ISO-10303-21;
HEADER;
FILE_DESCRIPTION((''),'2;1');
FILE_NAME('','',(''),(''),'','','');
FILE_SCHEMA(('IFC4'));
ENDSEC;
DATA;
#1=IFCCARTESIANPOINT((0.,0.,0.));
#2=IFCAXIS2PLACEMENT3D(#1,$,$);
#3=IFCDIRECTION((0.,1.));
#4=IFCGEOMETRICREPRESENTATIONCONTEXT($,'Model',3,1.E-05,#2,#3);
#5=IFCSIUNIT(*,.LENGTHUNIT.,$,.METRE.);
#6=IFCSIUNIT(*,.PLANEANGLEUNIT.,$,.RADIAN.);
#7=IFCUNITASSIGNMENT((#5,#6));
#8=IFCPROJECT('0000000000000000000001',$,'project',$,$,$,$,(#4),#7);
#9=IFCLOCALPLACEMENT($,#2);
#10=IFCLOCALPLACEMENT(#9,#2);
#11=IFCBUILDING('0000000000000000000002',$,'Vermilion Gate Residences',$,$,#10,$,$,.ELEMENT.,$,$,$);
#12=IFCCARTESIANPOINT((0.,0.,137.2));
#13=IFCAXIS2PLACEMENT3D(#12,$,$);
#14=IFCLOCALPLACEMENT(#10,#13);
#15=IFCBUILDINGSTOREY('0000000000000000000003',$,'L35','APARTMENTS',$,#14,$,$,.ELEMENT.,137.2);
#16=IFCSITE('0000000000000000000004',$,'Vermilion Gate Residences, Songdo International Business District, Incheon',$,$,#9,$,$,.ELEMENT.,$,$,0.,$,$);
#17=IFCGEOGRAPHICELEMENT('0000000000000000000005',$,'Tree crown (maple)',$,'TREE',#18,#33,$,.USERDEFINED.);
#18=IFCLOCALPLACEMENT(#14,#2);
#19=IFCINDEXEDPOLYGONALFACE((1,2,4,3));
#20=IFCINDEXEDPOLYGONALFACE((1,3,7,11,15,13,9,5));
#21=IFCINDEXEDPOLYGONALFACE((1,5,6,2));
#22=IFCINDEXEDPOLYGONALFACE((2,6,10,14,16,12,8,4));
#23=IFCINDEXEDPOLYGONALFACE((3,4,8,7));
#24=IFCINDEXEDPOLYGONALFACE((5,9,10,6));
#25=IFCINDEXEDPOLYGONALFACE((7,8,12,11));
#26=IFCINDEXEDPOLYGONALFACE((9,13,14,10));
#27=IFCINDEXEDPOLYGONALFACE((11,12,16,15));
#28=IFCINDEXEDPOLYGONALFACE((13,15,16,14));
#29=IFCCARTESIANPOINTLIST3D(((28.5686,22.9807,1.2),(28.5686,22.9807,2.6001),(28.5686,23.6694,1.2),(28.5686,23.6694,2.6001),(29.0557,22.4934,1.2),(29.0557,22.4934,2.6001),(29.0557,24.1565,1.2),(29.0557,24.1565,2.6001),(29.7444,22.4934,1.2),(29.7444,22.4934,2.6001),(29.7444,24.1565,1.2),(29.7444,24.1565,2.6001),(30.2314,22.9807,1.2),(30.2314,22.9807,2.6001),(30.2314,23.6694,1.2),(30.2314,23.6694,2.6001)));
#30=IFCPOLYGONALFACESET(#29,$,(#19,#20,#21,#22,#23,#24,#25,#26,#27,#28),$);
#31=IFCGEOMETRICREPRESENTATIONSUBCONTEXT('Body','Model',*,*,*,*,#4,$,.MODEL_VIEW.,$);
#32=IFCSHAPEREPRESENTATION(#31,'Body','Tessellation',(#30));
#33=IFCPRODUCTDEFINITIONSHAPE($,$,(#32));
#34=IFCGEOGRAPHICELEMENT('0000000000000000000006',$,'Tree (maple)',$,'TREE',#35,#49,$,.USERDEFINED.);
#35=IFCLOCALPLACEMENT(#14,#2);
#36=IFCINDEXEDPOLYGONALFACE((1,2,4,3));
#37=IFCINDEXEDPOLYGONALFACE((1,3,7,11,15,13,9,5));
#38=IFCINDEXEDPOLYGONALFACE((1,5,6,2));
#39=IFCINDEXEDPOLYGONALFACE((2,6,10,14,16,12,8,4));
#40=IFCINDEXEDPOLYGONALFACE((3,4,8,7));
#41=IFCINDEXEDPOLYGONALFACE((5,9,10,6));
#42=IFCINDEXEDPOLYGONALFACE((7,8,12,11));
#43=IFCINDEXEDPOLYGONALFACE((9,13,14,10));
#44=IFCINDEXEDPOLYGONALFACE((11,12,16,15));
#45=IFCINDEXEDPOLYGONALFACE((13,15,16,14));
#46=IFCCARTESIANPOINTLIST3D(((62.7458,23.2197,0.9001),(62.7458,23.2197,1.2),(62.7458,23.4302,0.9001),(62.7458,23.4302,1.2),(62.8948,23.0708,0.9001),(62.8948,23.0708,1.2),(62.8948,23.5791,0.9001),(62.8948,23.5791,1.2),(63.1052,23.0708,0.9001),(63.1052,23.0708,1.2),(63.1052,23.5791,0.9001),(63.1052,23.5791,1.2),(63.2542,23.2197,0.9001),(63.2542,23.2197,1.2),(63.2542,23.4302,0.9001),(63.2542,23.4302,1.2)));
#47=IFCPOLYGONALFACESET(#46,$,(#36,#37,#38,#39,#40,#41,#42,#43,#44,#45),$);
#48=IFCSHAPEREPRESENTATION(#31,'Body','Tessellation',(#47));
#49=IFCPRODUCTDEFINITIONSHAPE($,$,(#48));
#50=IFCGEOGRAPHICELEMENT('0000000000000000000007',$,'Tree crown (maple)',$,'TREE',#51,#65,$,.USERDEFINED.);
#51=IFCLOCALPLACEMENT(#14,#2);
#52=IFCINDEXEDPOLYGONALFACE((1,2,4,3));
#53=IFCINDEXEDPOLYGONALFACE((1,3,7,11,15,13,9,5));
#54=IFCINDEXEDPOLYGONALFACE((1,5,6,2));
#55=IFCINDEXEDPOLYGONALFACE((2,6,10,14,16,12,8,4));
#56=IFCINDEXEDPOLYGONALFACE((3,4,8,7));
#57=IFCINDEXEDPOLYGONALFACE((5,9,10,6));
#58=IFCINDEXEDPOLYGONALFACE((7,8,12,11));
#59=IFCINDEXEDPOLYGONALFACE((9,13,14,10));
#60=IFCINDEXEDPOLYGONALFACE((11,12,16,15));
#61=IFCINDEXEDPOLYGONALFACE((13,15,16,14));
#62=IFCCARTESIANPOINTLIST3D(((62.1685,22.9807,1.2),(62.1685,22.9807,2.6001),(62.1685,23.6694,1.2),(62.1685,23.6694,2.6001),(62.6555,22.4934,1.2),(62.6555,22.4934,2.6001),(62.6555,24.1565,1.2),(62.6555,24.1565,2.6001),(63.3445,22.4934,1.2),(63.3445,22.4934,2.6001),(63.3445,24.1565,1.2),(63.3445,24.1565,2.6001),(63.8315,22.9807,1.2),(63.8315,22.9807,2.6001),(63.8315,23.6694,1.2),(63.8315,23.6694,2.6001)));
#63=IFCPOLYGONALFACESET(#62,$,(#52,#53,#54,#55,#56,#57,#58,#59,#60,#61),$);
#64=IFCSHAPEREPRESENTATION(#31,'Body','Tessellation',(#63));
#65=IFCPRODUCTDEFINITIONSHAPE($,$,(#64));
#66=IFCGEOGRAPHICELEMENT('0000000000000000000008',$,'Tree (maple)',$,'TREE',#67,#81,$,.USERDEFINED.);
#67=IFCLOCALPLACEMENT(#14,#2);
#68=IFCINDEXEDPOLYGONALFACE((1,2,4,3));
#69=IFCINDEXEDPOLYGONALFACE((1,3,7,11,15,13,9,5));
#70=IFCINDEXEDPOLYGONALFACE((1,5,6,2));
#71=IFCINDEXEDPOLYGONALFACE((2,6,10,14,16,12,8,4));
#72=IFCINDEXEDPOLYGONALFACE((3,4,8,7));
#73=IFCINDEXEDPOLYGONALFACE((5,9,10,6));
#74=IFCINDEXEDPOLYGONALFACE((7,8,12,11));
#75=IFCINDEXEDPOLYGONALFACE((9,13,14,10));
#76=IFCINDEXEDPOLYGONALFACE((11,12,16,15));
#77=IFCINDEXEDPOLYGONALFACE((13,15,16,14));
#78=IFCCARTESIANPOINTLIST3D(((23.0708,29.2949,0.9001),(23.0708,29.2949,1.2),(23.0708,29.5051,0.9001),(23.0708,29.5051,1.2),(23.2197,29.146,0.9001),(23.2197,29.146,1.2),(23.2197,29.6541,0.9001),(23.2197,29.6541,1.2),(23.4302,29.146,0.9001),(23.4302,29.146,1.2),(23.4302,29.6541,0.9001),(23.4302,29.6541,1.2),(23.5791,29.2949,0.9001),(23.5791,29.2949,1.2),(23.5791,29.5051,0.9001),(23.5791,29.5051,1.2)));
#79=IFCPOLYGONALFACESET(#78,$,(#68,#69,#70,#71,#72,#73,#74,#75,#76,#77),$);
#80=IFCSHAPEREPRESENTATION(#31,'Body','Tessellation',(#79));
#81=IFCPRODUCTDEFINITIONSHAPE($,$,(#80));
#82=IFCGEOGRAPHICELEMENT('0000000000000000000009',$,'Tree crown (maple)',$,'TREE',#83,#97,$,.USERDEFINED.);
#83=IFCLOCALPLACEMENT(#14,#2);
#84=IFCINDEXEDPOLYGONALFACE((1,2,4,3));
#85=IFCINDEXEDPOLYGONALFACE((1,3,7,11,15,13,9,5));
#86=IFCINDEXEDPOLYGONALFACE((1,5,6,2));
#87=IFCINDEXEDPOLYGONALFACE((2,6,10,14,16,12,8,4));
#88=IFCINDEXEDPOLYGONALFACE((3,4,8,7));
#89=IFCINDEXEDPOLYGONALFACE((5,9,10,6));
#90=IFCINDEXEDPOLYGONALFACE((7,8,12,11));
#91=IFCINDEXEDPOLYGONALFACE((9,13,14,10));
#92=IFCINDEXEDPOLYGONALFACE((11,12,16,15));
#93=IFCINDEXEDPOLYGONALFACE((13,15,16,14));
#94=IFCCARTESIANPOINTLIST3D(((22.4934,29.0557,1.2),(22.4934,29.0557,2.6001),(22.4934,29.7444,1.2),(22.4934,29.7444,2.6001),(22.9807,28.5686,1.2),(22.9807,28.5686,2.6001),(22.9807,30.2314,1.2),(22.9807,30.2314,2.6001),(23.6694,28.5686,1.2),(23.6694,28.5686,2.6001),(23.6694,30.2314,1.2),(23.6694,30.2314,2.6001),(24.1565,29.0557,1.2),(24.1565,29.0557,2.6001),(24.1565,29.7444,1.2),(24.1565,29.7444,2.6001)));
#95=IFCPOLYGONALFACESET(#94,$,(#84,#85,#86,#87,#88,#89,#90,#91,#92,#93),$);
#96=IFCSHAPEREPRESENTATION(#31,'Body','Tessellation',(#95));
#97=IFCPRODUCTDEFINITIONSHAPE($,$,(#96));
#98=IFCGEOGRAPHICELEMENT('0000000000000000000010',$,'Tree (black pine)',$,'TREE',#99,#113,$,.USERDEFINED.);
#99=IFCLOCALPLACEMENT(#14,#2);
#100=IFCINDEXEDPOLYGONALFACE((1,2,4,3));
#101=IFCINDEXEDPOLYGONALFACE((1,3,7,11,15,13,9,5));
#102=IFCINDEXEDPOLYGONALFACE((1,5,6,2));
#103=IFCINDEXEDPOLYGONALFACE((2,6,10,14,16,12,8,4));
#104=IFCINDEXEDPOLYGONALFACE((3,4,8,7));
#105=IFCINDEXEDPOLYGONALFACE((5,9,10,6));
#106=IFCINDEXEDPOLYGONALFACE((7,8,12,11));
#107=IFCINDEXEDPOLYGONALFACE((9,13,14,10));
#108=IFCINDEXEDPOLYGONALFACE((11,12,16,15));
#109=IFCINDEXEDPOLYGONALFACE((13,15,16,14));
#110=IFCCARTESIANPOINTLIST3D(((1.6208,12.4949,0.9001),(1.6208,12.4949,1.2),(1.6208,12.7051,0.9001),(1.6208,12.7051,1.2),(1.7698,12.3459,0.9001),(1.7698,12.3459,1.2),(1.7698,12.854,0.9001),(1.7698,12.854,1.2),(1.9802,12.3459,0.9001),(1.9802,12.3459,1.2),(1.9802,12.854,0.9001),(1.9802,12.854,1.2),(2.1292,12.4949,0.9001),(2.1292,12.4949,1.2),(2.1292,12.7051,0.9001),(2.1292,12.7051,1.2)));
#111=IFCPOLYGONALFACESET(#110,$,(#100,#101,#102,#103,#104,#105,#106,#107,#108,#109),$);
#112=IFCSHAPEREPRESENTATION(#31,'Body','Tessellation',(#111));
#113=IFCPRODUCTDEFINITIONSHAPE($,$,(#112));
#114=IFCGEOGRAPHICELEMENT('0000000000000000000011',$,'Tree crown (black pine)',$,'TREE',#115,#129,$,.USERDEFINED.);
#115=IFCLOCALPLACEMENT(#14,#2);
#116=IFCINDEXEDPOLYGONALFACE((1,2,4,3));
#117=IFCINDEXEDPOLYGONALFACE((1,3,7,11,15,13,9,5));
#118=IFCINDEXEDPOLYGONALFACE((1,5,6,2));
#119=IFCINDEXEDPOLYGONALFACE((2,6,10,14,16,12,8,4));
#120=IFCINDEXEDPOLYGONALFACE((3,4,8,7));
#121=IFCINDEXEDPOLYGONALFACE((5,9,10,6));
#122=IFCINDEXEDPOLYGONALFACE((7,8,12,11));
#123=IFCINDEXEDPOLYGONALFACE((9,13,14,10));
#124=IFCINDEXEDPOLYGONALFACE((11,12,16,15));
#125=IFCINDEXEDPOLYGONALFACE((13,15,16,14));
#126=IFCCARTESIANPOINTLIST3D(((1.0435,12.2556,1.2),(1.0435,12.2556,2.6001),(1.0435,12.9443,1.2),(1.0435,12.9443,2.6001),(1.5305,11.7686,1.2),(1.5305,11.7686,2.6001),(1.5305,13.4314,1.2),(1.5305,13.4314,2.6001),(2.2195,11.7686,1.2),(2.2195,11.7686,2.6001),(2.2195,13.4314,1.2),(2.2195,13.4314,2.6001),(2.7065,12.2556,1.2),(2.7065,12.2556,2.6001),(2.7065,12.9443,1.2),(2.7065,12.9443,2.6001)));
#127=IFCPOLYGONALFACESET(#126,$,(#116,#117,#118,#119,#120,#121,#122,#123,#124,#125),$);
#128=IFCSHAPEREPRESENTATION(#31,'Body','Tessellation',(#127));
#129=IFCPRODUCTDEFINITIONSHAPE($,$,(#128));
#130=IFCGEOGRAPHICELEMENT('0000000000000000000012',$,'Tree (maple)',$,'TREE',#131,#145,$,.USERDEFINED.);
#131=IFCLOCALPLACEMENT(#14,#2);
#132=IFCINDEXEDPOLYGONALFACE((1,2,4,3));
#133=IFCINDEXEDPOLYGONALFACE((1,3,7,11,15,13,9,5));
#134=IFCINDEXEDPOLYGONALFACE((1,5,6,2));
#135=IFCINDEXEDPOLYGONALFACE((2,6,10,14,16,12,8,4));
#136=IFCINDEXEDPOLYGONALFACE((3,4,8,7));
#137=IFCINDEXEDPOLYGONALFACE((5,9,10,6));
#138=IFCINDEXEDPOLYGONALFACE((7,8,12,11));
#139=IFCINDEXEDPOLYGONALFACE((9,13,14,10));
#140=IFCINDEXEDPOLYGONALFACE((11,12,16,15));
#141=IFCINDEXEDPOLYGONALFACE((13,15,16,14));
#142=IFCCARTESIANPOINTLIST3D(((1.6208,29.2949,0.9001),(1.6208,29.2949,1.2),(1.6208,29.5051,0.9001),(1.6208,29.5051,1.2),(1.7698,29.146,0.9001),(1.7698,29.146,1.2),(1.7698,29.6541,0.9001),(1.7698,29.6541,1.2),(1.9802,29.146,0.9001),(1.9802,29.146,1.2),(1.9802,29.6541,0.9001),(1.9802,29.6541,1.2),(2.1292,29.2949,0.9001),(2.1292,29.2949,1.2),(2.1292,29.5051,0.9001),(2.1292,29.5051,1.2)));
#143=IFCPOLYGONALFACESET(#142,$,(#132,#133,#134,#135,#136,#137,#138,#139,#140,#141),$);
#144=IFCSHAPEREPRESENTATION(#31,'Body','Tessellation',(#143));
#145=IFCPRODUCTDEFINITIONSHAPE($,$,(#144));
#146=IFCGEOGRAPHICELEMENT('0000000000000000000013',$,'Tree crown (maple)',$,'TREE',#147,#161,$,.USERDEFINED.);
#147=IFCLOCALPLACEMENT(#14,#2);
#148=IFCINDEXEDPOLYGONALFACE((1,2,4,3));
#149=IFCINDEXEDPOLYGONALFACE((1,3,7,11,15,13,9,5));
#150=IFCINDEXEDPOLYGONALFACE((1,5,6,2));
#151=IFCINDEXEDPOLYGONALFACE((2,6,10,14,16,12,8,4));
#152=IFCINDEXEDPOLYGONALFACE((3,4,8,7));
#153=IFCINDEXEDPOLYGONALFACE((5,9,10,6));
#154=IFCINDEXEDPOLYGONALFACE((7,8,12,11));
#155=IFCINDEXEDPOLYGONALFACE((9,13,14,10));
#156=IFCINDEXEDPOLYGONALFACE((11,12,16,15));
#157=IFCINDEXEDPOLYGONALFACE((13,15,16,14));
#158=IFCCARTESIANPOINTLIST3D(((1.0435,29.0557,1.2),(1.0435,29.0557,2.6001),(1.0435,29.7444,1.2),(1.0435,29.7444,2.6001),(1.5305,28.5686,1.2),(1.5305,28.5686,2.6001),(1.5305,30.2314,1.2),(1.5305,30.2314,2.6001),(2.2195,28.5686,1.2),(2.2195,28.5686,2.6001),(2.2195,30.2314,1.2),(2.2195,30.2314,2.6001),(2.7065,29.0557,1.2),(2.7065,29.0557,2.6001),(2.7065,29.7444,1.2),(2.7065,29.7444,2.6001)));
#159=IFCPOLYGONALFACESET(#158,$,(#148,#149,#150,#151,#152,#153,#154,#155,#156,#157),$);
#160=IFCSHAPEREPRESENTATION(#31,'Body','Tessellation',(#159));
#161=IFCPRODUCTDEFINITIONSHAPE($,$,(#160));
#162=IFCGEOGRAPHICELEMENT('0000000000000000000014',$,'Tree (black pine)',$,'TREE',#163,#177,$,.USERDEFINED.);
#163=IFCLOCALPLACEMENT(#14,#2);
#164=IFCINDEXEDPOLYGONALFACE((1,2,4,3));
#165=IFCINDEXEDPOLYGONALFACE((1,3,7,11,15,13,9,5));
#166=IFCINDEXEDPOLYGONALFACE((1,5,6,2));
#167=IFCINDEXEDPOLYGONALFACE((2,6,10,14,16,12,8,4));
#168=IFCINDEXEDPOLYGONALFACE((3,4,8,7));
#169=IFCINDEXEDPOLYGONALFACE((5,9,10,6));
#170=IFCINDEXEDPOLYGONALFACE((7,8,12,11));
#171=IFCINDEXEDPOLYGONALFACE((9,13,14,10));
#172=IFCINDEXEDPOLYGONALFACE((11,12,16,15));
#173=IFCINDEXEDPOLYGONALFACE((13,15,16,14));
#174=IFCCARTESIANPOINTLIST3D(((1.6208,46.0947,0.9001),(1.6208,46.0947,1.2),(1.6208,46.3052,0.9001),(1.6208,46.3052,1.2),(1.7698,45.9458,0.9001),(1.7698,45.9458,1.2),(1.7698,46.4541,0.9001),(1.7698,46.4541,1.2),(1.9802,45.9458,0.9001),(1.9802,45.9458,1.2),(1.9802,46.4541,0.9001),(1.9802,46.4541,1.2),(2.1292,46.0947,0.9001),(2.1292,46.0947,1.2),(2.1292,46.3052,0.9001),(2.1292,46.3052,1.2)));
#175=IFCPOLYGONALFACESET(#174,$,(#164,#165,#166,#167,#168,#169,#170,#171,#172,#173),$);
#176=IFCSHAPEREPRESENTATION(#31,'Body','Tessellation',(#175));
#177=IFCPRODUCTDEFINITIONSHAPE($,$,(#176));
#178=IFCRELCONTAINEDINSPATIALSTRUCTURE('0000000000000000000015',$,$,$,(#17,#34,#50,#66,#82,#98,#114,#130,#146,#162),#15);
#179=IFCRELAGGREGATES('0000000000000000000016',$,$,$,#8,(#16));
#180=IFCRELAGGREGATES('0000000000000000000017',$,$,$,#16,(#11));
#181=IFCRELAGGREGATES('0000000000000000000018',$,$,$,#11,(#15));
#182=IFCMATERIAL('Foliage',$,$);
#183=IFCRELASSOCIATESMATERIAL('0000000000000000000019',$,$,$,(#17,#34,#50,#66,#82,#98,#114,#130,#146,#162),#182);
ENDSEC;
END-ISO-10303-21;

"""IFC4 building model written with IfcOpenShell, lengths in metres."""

from ifc_helpers import new_model, si_unit, direction, frame, origin, place, context, subcontext, project, spatial, polyline, outline, extrude, material, element, save


model = new_model("IFC4")

# Units and contexts
model_context = context("Model", 3, precision=1e-05, world=origin(), true_north=direction((0.0, 1.0)))
body_context = subcontext(model_context, "Body", "Model", "MODEL_VIEW")
ifc_project = project(units=[si_unit("LENGTHUNIT", "METRE"), si_unit("PLANEANGLEUNIT", "RADIAN")], contexts=[model_context])

# Site, building, storey
site_placement = place(None, origin())
site = spatial("IfcSite", under=ifc_project, at=site_placement, Name="Vermilion Gate Residences, Songdo International Business District, Incheon", CompositionType="ELEMENT", RefElevation=0.0)
building_placement = place(site_placement, origin())
building = spatial("IfcBuilding", under=site, at=building_placement, Name="Vermilion Gate Residences", CompositionType="ELEMENT")
storey_placement = place(building_placement, frame((0.0, 0.0, 137.2)))
storey = spatial("IfcBuildingStorey", under=building, at=storey_placement, Name="L35", Description="APARTMENTS", CompositionType="ELEMENT", Elevation=137.2)

# Geographic elements
ifc_material_1 = material(Name="Foliage")
geographic_element_1_placement = place(storey_placement, frame((0.0, 0.0, 1.2)))
element("IfcGeographicElement", 1, at=geographic_element_1_placement, inside=storey, material=ifc_material_1, Name="Tree crown (maple)", ObjectType="TREE", PredefinedType="USERDEFINED", context=body_context, shape_type="SweptSolid", body=[
    extrude(outline(polyline([(30.2314, 23.6694), (29.7444, 24.1565), (29.0557, 24.1565), (28.5686, 23.6694), (28.5686, 22.9807), (29.0557, 22.4934), (29.7444, 22.4934), (30.2314, 22.9807), (30.2314, 23.6694)])), origin(), (0.0, 0.0, 1.0), 1.4001),
])
geographic_element_2_placement = place(storey_placement, frame((0.0, 0.0, 0.9001)))
element("IfcGeographicElement", 2, at=geographic_element_2_placement, inside=storey, material=ifc_material_1, Name="Tree (maple)", ObjectType="TREE", PredefinedType="USERDEFINED", context=body_context, shape_type="SweptSolid", body=[
    extrude(outline(polyline([(63.2542, 23.4302), (63.1052, 23.5791), (62.8948, 23.5791), (62.7458, 23.4302), (62.7458, 23.2197), (62.8948, 23.0708), (63.1052, 23.0708), (63.2542, 23.2197), (63.2542, 23.4302)])), origin(), (0.0, 0.0, 1.0), 0.2998),
])
geographic_element_3_placement = place(storey_placement, frame((0.0, 0.0, 1.2)))
element("IfcGeographicElement", 3, at=geographic_element_3_placement, inside=storey, material=ifc_material_1, Name="Tree crown (maple)", ObjectType="TREE", PredefinedType="USERDEFINED", context=body_context, shape_type="SweptSolid", body=[
    extrude(outline(polyline([(63.8315, 23.6694), (63.3445, 24.1565), (62.6555, 24.1565), (62.1685, 23.6694), (62.1685, 22.9807), (62.6555, 22.4934), (63.3445, 22.4934), (63.8315, 22.9807), (63.8315, 23.6694)])), origin(), (0.0, 0.0, 1.0), 1.4001),
])
geographic_element_4_placement = place(storey_placement, frame((0.0, 0.0, 0.9001)))
element("IfcGeographicElement", 4, at=geographic_element_4_placement, inside=storey, material=ifc_material_1, Name="Tree (maple)", ObjectType="TREE", PredefinedType="USERDEFINED", context=body_context, shape_type="SweptSolid", body=[
    extrude(outline(polyline([(23.5791, 29.5051), (23.4302, 29.6541), (23.2197, 29.6541), (23.0708, 29.5051), (23.0708, 29.2949), (23.2197, 29.146), (23.4302, 29.146), (23.5791, 29.2949), (23.5791, 29.5051)])), origin(), (0.0, 0.0, 1.0), 0.2998),
])
geographic_element_5_placement = place(storey_placement, frame((0.0, 0.0, 1.2)))
element("IfcGeographicElement", 5, at=geographic_element_5_placement, inside=storey, material=ifc_material_1, Name="Tree crown (maple)", ObjectType="TREE", PredefinedType="USERDEFINED", context=body_context, shape_type="SweptSolid", body=[
    extrude(outline(polyline([(24.1565, 29.7444), (23.6694, 30.2314), (22.9807, 30.2314), (22.4934, 29.7444), (22.4934, 29.0557), (22.9807, 28.5686), (23.6694, 28.5686), (24.1565, 29.0557), (24.1565, 29.7444)])), origin(), (0.0, 0.0, 1.0), 1.4001),
])
geographic_element_6_placement = place(storey_placement, frame((0.0, 0.0, 0.9001)))
element("IfcGeographicElement", 6, at=geographic_element_6_placement, inside=storey, material=ifc_material_1, Name="Tree (black pine)", ObjectType="TREE", PredefinedType="USERDEFINED", context=body_context, shape_type="SweptSolid", body=[
    extrude(outline(polyline([(2.1292, 12.7051), (1.9802, 12.854), (1.7698, 12.854), (1.6208, 12.7051), (1.6208, 12.4949), (1.7698, 12.3459), (1.9802, 12.3459), (2.1292, 12.4949), (2.1292, 12.7051)])), origin(), (0.0, 0.0, 1.0), 0.2998),
])
geographic_element_7_placement = place(storey_placement, frame((0.0, 0.0, 1.2)))
element("IfcGeographicElement", 7, at=geographic_element_7_placement, inside=storey, material=ifc_material_1, Name="Tree crown (black pine)", ObjectType="TREE", PredefinedType="USERDEFINED", context=body_context, shape_type="SweptSolid", body=[
    extrude(outline(polyline([(2.7065, 12.9443), (2.2195, 13.4314), (1.5305, 13.4314), (1.0435, 12.9443), (1.0435, 12.2556), (1.5305, 11.7686), (2.2195, 11.7686), (2.7065, 12.2556), (2.7065, 12.9443)])), origin(), (0.0, 0.0, 1.0), 1.4001),
])
geographic_element_8_placement = place(storey_placement, frame((0.0, 0.0, 0.9001)))
element("IfcGeographicElement", 8, at=geographic_element_8_placement, inside=storey, material=ifc_material_1, Name="Tree (maple)", ObjectType="TREE", PredefinedType="USERDEFINED", context=body_context, shape_type="SweptSolid", body=[
    extrude(outline(polyline([(2.1292, 29.5051), (1.9802, 29.6541), (1.7698, 29.6541), (1.6208, 29.5051), (1.6208, 29.2949), (1.7698, 29.146), (1.9802, 29.146), (2.1292, 29.2949), (2.1292, 29.5051)])), origin(), (0.0, 0.0, 1.0), 0.2998),
])
geographic_element_9_placement = place(storey_placement, frame((0.0, 0.0, 1.2)))
element("IfcGeographicElement", 9, at=geographic_element_9_placement, inside=storey, material=ifc_material_1, Name="Tree crown (maple)", ObjectType="TREE", PredefinedType="USERDEFINED", context=body_context, shape_type="SweptSolid", body=[
    extrude(outline(polyline([(2.7065, 29.7444), (2.2195, 30.2314), (1.5305, 30.2314), (1.0435, 29.7444), (1.0435, 29.0557), (1.5305, 28.5686), (2.2195, 28.5686), (2.7065, 29.0557), (2.7065, 29.7444)])), origin(), (0.0, 0.0, 1.0), 1.4001),
])
geographic_element_10_placement = place(storey_placement, frame((0.0, 0.0, 0.9001)))
element("IfcGeographicElement", 10, at=geographic_element_10_placement, inside=storey, material=ifc_material_1, Name="Tree (black pine)", ObjectType="TREE", PredefinedType="USERDEFINED", context=body_context, shape_type="SweptSolid", body=[
    extrude(outline(polyline([(2.1292, 46.3052), (1.9802, 46.4541), (1.7698, 46.4541), (1.6208, 46.3052), (1.6208, 46.0947), (1.7698, 45.9458), (1.9802, 45.9458), (2.1292, 46.0947), (2.1292, 46.3052)])), origin(), (0.0, 0.0, 1.0), 0.2998),
])

save(model, "model.ifc")
